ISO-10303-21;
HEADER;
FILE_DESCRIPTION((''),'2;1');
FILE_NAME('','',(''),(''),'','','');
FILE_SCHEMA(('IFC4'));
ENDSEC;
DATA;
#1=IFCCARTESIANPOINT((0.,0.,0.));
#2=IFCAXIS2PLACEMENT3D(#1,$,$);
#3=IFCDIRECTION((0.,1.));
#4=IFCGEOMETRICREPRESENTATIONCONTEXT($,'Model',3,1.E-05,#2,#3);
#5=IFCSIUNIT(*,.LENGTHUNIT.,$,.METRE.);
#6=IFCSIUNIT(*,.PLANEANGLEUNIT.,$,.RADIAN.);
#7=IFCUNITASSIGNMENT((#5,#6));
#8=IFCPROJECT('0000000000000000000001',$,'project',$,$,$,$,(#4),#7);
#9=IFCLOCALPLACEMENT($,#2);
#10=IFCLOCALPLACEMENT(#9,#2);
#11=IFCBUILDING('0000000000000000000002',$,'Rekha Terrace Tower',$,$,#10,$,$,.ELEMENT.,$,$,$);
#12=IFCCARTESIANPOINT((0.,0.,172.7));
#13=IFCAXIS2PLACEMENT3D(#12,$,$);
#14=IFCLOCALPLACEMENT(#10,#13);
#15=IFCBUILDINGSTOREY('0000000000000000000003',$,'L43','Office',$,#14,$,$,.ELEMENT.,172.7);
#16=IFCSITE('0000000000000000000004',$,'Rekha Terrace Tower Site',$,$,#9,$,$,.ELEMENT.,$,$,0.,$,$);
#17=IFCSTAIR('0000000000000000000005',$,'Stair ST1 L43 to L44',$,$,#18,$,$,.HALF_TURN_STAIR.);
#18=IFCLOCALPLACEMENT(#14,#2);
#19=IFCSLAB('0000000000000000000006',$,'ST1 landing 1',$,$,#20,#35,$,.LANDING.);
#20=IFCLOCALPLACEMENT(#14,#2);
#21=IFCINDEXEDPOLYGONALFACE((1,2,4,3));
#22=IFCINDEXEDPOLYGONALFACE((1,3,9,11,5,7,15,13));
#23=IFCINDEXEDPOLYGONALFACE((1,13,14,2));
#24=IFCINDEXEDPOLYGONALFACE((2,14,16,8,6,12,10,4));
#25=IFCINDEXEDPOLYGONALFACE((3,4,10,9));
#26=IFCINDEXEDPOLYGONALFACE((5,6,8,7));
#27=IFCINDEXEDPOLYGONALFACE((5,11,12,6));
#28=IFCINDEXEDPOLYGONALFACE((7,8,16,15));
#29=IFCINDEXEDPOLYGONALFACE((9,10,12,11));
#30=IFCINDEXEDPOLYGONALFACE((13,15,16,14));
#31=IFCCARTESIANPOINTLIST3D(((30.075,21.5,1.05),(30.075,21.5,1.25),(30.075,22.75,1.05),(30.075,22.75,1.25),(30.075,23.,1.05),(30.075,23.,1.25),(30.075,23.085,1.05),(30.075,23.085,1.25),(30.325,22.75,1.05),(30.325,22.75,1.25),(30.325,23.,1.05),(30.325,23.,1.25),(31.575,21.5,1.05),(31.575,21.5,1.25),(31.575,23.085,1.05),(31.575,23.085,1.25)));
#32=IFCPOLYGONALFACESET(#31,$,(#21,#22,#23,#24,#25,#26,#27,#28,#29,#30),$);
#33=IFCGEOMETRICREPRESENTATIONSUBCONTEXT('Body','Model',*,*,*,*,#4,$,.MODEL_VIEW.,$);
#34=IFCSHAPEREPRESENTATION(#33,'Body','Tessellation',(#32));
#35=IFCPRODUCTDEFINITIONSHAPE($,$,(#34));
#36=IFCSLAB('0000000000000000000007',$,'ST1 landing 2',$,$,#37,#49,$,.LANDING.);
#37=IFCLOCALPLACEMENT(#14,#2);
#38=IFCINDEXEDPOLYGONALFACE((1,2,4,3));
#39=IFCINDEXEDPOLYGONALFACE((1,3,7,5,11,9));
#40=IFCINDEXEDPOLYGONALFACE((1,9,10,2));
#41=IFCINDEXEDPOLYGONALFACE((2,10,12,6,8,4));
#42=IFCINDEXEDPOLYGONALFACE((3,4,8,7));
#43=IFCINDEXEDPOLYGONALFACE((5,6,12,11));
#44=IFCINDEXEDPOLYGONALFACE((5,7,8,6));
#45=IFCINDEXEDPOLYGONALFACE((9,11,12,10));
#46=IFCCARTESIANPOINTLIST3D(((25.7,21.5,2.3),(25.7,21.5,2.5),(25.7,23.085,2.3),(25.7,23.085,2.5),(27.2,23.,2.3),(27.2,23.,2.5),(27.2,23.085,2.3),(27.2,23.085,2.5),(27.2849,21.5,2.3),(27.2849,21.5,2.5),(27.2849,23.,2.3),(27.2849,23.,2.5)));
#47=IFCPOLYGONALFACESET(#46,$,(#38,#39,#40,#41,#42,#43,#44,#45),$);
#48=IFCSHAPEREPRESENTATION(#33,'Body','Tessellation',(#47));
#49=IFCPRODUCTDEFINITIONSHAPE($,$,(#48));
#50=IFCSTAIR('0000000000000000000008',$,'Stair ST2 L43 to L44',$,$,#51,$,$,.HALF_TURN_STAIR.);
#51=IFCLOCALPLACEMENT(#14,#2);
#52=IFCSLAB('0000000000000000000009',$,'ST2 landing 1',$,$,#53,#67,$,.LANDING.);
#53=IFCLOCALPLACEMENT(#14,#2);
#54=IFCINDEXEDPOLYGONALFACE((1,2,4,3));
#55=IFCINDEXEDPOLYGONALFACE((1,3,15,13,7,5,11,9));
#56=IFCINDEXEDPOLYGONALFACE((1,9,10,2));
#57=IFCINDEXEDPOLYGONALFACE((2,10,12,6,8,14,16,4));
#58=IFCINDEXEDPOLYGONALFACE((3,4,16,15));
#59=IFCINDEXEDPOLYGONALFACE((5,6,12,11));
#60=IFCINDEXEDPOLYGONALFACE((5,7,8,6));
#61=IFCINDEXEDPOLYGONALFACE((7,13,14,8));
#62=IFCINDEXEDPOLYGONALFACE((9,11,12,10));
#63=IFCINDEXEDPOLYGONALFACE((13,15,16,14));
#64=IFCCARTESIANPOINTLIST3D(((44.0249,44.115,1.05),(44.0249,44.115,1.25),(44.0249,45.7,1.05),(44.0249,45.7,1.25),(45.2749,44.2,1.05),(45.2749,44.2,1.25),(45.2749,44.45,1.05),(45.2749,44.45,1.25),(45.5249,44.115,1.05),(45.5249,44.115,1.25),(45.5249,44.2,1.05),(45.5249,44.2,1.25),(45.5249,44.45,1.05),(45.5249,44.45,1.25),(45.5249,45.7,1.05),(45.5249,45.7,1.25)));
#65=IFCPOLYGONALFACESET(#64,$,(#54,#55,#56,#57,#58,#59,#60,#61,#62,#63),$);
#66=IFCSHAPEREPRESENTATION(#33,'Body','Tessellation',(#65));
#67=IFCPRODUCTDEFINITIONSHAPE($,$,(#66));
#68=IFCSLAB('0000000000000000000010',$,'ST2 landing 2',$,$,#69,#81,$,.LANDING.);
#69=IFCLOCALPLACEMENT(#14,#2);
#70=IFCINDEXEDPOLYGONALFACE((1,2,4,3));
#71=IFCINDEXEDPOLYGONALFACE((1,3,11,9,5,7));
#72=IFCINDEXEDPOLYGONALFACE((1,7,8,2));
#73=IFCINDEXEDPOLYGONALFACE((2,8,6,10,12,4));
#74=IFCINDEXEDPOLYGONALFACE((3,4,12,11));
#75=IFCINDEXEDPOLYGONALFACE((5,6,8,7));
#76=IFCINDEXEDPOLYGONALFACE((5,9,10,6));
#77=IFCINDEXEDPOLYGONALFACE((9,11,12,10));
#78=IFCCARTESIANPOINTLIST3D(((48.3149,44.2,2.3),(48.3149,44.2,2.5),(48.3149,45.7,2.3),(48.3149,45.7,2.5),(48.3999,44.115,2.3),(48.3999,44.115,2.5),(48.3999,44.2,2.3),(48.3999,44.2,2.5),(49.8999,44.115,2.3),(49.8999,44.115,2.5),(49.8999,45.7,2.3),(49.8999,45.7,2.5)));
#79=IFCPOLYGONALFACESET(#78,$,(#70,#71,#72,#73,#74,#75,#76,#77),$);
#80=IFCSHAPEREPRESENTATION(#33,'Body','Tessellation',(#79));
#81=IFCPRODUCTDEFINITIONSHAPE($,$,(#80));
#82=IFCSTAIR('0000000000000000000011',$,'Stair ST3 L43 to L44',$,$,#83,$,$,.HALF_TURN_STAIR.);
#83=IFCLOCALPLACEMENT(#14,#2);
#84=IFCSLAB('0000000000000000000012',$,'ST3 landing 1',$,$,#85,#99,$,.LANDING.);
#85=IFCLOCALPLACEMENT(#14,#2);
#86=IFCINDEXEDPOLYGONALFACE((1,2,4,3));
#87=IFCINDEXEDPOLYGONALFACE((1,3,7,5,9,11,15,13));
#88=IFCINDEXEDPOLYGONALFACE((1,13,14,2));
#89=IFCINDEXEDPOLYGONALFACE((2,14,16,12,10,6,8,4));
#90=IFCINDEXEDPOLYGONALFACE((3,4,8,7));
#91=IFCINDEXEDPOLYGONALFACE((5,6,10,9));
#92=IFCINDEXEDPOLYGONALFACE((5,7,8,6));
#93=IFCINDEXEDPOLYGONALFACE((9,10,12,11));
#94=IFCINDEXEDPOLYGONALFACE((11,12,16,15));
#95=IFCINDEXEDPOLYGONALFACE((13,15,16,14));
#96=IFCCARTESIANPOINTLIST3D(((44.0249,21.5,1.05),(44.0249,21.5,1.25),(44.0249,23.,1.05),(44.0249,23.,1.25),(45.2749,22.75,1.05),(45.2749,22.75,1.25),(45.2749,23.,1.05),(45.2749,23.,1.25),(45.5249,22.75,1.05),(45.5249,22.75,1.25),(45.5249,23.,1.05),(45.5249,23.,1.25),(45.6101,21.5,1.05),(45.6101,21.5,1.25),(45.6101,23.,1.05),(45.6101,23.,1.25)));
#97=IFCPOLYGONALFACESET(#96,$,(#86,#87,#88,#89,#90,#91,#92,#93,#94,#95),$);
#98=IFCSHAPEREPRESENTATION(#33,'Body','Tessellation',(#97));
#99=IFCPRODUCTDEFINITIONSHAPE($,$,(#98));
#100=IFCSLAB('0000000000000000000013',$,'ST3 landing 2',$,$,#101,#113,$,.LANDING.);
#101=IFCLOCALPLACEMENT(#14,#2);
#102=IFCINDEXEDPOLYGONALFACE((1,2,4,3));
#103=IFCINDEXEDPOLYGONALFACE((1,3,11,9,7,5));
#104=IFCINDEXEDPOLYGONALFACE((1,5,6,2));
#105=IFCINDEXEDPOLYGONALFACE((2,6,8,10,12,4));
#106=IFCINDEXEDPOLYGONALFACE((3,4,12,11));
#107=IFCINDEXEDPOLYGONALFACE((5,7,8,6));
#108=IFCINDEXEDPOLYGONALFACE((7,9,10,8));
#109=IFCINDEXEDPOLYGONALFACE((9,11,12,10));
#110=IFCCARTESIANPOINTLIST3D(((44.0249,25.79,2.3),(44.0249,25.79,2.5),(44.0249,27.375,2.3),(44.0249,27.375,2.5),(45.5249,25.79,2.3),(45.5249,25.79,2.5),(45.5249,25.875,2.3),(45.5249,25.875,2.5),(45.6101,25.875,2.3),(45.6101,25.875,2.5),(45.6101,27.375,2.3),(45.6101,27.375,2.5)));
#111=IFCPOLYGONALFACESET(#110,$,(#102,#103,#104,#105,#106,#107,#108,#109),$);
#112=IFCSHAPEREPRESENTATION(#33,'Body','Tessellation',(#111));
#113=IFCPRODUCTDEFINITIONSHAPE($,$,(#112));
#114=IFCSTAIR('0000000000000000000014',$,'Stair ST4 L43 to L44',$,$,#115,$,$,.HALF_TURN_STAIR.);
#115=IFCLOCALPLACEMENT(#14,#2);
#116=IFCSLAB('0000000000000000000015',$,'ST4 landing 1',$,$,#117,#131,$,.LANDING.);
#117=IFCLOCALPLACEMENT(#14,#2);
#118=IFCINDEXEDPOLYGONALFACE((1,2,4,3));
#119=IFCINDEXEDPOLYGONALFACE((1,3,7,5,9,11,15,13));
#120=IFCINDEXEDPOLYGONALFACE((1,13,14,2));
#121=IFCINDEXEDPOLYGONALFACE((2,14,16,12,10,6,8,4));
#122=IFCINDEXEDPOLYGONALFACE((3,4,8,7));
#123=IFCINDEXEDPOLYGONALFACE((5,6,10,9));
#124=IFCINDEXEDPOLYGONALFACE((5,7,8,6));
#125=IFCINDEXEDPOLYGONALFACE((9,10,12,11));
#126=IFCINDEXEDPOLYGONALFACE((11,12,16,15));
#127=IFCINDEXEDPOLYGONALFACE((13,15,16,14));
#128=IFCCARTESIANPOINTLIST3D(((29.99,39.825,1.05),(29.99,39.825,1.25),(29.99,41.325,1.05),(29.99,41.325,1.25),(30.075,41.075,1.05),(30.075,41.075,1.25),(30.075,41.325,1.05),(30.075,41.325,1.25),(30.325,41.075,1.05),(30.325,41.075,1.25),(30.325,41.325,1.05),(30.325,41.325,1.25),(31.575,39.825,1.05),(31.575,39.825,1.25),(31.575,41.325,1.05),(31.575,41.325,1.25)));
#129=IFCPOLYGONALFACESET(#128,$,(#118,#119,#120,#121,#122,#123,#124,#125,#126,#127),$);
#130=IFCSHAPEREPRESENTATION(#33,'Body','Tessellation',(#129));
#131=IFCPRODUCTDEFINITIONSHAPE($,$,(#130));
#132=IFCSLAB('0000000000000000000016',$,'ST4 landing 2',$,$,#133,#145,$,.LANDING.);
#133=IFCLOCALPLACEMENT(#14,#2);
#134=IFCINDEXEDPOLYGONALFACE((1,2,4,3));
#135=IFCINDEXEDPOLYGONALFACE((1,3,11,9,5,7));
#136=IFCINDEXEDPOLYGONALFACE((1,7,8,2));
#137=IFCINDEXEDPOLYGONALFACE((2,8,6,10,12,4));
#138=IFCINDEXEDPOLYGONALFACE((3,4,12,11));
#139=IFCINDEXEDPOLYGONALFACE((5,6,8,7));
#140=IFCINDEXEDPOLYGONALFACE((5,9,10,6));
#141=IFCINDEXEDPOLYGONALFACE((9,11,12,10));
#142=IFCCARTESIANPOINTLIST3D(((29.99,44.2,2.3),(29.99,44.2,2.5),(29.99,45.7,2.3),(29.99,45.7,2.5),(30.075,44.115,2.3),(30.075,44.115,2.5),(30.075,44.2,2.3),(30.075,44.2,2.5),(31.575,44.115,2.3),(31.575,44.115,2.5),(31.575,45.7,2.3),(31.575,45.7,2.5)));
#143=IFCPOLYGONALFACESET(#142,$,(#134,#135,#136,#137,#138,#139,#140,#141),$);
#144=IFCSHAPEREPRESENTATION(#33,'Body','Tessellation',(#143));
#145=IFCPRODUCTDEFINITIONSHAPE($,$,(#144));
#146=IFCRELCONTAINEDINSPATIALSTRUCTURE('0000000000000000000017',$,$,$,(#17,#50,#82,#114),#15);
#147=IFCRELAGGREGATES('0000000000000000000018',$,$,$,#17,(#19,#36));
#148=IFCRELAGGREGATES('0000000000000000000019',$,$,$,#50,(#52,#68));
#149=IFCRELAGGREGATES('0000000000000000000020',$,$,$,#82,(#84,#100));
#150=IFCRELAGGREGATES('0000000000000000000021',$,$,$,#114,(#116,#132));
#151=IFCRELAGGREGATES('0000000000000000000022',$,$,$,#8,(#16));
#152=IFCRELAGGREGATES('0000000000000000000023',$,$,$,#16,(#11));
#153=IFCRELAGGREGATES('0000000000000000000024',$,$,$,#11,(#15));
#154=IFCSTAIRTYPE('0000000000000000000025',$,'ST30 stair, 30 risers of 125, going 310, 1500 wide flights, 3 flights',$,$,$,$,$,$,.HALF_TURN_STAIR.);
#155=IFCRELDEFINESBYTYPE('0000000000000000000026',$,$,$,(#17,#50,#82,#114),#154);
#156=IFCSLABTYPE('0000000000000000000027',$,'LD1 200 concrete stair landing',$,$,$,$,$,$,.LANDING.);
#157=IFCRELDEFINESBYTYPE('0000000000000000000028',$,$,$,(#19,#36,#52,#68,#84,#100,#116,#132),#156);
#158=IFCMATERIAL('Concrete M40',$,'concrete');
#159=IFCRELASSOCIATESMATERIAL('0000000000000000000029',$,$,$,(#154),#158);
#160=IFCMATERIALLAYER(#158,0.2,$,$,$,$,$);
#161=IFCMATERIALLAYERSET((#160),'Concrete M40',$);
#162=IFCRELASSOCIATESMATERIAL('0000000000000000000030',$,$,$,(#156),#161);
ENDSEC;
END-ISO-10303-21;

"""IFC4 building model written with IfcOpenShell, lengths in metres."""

from ifc_helpers import new_model, si_unit, direction, frame, origin, place, context, subcontext, project, spatial, polyline, outline, extrude, material, layer, layer_set, type_object, element, aggregate, save


model = new_model("IFC4")

# Units and contexts
model_context = context("Model", 3, precision=1e-05, world=origin(), true_north=direction((0.0, 1.0)))
body_context = subcontext(model_context, "Body", "Model", "MODEL_VIEW")
ifc_project = project(units=[si_unit("LENGTHUNIT", "METRE"), si_unit("PLANEANGLEUNIT", "RADIAN")], contexts=[model_context])

# Site, building, storey
site_placement = place(None, origin())
site = spatial("IfcSite", under=ifc_project, at=site_placement, Name="Rekha Terrace Tower Site", CompositionType="ELEMENT", RefElevation=0.0)
building_placement = place(site_placement, origin())
building = spatial("IfcBuilding", under=site, at=building_placement, Name="Rekha Terrace Tower", CompositionType="ELEMENT")
storey_placement = place(building_placement, frame((0.0, 0.0, 172.7)))
storey = spatial("IfcBuildingStorey", under=building, at=storey_placement, Name="L43", Description="Office", CompositionType="ELEMENT", Elevation=172.7)

# Stairs, slabs
ifc_material_1 = material(Name="Concrete M40", Category="concrete")
stair_type = type_object("IfcStairType", Name="ST30 stair, 30 risers of 125, going 310, 1500 wide flights, 3 flights", PredefinedType="HALF_TURN_STAIR", material=ifc_material_1)
stair_1_placement = place(storey_placement, origin())
stair_1 = element("IfcStair", 1, at=stair_1_placement, inside=storey, type_object=stair_type, Name="Stair ST1 L43 to L44", PredefinedType="HALF_TURN_STAIR")
ifc_layer_1 = layer(ifc_material_1, 0.2)
ifc_layer_set_1 = layer_set([ifc_layer_1], Name="Concrete M40")
slab_type_1 = type_object("IfcSlabType", Name="LD1 200 concrete stair landing", PredefinedType="LANDING", material=ifc_layer_set_1)
slab_1_placement = place(storey_placement, frame((0.0, 0.0, 1.05)))
slab_1 = element("IfcSlab", 2, at=slab_1_placement, type_object=slab_type_1, Name="ST1 landing 1", PredefinedType="LANDING", context=body_context, shape_type="SweptSolid", body=[
    extrude(outline(polyline([(30.075, 21.5), (31.575, 21.5), (31.575, 23.085), (30.075, 23.085), (30.075, 23.0), (30.325, 23.0), (30.325, 22.75), (30.075, 22.75), (30.075, 21.5)])), origin(), (0.0, 0.0, 1.0), 0.2),
])
slab_2_placement = place(storey_placement, frame((0.0, 0.0, 2.3)))
slab_2 = element("IfcSlab", 3, at=slab_2_placement, type_object=slab_type_1, Name="ST1 landing 2", PredefinedType="LANDING", context=body_context, shape_type="SweptSolid", body=[
    extrude(outline(polyline([(27.2, 23.085), (25.7, 23.085), (25.7, 21.5), (27.2849, 21.5), (27.2849, 23.0), (27.2, 23.0), (27.2, 23.085)])), origin(), (0.0, 0.0, 1.0), 0.2),
])
aggregate(stair_1, [slab_1, slab_2])
stair_2_placement = place(storey_placement, origin())
stair_2 = element("IfcStair", 4, at=stair_2_placement, inside=storey, type_object=stair_type, Name="Stair ST2 L43 to L44", PredefinedType="HALF_TURN_STAIR")
slab_3_placement = place(storey_placement, frame((0.0, 0.0, 1.05)))
slab_3 = element("IfcSlab", 5, at=slab_3_placement, type_object=slab_type_1, Name="ST2 landing 1", PredefinedType="LANDING", context=body_context, shape_type="SweptSolid", body=[
    extrude(outline(polyline([(45.5249, 45.7), (44.0249, 45.7), (44.0249, 44.115), (45.5249, 44.115), (45.5249, 44.2), (45.2749, 44.2), (45.2749, 44.45), (45.5249, 44.45), (45.5249, 45.7)])), origin(), (0.0, 0.0, 1.0), 0.2),
])
slab_4_placement = place(storey_placement, frame((0.0, 0.0, 2.3)))
slab_4 = element("IfcSlab", 6, at=slab_4_placement, type_object=slab_type_1, Name="ST2 landing 2", PredefinedType="LANDING", context=body_context, shape_type="SweptSolid", body=[
    extrude(outline(polyline([(48.3999, 44.115), (49.8999, 44.115), (49.8999, 45.7), (48.3149, 45.7), (48.3149, 44.2), (48.3999, 44.2), (48.3999, 44.115)])), origin(), (0.0, 0.0, 1.0), 0.2),
])
aggregate(stair_2, [slab_3, slab_4])
stair_3_placement = place(storey_placement, origin())
stair_3 = element("IfcStair", 7, at=stair_3_placement, inside=storey, type_object=stair_type, Name="Stair ST3 L43 to L44", PredefinedType="HALF_TURN_STAIR")
slab_5_placement = place(storey_placement, frame((0.0, 0.0, 1.05)))
slab_5 = element("IfcSlab", 8, at=slab_5_placement, type_object=slab_type_1, Name="ST3 landing 1", PredefinedType="LANDING", context=body_context, shape_type="SweptSolid", body=[
    extrude(outline(polyline([(44.0249, 23.0), (44.0249, 21.5), (45.6101, 21.5), (45.6101, 23.0), (45.5249, 23.0), (45.5249, 22.75), (45.2749, 22.75), (45.2749, 23.0), (44.0249, 23.0)])), origin(), (0.0, 0.0, 1.0), 0.2),
])
slab_6_placement = place(storey_placement, frame((0.0, 0.0, 2.3)))
slab_6 = element("IfcSlab", 9, at=slab_6_placement, type_object=slab_type_1, Name="ST3 landing 2", PredefinedType="LANDING", context=body_context, shape_type="SweptSolid", body=[
    extrude(outline(polyline([(45.6101, 25.875), (45.6101, 27.375), (44.0249, 27.375), (44.0249, 25.79), (45.5249, 25.79), (45.5249, 25.875), (45.6101, 25.875)])), origin(), (0.0, 0.0, 1.0), 0.2),
])
aggregate(stair_3, [slab_5, slab_6])
stair_4_placement = place(storey_placement, origin())
stair_4 = element("IfcStair", 10, at=stair_4_placement, inside=storey, type_object=stair_type, Name="Stair ST4 L43 to L44", PredefinedType="HALF_TURN_STAIR")
slab_7_placement = place(storey_placement, frame((0.0, 0.0, 1.05)))
slab_7 = element("IfcSlab", 11, at=slab_7_placement, type_object=slab_type_1, Name="ST4 landing 1", PredefinedType="LANDING", context=body_context, shape_type="SweptSolid", body=[
    extrude(outline(polyline([(31.575, 41.325), (31.575, 39.825), (29.99, 39.825), (29.99, 41.325), (30.075, 41.325), (30.075, 41.075), (30.325, 41.075), (30.325, 41.325), (31.575, 41.325)])), origin(), (0.0, 0.0, 1.0), 0.2),
])
slab_8_placement = place(storey_placement, frame((0.0, 0.0, 2.3)))
slab_8 = element("IfcSlab", 12, at=slab_8_placement, type_object=slab_type_1, Name="ST4 landing 2", PredefinedType="LANDING", context=body_context, shape_type="SweptSolid", body=[
    extrude(outline(polyline([(29.99, 44.2), (29.99, 45.7), (31.575, 45.7), (31.575, 44.115), (30.075, 44.115), (30.075, 44.2), (29.99, 44.2)])), origin(), (0.0, 0.0, 1.0), 0.2),
])
aggregate(stair_4, [slab_7, slab_8])

save(model, "model.ifc")
